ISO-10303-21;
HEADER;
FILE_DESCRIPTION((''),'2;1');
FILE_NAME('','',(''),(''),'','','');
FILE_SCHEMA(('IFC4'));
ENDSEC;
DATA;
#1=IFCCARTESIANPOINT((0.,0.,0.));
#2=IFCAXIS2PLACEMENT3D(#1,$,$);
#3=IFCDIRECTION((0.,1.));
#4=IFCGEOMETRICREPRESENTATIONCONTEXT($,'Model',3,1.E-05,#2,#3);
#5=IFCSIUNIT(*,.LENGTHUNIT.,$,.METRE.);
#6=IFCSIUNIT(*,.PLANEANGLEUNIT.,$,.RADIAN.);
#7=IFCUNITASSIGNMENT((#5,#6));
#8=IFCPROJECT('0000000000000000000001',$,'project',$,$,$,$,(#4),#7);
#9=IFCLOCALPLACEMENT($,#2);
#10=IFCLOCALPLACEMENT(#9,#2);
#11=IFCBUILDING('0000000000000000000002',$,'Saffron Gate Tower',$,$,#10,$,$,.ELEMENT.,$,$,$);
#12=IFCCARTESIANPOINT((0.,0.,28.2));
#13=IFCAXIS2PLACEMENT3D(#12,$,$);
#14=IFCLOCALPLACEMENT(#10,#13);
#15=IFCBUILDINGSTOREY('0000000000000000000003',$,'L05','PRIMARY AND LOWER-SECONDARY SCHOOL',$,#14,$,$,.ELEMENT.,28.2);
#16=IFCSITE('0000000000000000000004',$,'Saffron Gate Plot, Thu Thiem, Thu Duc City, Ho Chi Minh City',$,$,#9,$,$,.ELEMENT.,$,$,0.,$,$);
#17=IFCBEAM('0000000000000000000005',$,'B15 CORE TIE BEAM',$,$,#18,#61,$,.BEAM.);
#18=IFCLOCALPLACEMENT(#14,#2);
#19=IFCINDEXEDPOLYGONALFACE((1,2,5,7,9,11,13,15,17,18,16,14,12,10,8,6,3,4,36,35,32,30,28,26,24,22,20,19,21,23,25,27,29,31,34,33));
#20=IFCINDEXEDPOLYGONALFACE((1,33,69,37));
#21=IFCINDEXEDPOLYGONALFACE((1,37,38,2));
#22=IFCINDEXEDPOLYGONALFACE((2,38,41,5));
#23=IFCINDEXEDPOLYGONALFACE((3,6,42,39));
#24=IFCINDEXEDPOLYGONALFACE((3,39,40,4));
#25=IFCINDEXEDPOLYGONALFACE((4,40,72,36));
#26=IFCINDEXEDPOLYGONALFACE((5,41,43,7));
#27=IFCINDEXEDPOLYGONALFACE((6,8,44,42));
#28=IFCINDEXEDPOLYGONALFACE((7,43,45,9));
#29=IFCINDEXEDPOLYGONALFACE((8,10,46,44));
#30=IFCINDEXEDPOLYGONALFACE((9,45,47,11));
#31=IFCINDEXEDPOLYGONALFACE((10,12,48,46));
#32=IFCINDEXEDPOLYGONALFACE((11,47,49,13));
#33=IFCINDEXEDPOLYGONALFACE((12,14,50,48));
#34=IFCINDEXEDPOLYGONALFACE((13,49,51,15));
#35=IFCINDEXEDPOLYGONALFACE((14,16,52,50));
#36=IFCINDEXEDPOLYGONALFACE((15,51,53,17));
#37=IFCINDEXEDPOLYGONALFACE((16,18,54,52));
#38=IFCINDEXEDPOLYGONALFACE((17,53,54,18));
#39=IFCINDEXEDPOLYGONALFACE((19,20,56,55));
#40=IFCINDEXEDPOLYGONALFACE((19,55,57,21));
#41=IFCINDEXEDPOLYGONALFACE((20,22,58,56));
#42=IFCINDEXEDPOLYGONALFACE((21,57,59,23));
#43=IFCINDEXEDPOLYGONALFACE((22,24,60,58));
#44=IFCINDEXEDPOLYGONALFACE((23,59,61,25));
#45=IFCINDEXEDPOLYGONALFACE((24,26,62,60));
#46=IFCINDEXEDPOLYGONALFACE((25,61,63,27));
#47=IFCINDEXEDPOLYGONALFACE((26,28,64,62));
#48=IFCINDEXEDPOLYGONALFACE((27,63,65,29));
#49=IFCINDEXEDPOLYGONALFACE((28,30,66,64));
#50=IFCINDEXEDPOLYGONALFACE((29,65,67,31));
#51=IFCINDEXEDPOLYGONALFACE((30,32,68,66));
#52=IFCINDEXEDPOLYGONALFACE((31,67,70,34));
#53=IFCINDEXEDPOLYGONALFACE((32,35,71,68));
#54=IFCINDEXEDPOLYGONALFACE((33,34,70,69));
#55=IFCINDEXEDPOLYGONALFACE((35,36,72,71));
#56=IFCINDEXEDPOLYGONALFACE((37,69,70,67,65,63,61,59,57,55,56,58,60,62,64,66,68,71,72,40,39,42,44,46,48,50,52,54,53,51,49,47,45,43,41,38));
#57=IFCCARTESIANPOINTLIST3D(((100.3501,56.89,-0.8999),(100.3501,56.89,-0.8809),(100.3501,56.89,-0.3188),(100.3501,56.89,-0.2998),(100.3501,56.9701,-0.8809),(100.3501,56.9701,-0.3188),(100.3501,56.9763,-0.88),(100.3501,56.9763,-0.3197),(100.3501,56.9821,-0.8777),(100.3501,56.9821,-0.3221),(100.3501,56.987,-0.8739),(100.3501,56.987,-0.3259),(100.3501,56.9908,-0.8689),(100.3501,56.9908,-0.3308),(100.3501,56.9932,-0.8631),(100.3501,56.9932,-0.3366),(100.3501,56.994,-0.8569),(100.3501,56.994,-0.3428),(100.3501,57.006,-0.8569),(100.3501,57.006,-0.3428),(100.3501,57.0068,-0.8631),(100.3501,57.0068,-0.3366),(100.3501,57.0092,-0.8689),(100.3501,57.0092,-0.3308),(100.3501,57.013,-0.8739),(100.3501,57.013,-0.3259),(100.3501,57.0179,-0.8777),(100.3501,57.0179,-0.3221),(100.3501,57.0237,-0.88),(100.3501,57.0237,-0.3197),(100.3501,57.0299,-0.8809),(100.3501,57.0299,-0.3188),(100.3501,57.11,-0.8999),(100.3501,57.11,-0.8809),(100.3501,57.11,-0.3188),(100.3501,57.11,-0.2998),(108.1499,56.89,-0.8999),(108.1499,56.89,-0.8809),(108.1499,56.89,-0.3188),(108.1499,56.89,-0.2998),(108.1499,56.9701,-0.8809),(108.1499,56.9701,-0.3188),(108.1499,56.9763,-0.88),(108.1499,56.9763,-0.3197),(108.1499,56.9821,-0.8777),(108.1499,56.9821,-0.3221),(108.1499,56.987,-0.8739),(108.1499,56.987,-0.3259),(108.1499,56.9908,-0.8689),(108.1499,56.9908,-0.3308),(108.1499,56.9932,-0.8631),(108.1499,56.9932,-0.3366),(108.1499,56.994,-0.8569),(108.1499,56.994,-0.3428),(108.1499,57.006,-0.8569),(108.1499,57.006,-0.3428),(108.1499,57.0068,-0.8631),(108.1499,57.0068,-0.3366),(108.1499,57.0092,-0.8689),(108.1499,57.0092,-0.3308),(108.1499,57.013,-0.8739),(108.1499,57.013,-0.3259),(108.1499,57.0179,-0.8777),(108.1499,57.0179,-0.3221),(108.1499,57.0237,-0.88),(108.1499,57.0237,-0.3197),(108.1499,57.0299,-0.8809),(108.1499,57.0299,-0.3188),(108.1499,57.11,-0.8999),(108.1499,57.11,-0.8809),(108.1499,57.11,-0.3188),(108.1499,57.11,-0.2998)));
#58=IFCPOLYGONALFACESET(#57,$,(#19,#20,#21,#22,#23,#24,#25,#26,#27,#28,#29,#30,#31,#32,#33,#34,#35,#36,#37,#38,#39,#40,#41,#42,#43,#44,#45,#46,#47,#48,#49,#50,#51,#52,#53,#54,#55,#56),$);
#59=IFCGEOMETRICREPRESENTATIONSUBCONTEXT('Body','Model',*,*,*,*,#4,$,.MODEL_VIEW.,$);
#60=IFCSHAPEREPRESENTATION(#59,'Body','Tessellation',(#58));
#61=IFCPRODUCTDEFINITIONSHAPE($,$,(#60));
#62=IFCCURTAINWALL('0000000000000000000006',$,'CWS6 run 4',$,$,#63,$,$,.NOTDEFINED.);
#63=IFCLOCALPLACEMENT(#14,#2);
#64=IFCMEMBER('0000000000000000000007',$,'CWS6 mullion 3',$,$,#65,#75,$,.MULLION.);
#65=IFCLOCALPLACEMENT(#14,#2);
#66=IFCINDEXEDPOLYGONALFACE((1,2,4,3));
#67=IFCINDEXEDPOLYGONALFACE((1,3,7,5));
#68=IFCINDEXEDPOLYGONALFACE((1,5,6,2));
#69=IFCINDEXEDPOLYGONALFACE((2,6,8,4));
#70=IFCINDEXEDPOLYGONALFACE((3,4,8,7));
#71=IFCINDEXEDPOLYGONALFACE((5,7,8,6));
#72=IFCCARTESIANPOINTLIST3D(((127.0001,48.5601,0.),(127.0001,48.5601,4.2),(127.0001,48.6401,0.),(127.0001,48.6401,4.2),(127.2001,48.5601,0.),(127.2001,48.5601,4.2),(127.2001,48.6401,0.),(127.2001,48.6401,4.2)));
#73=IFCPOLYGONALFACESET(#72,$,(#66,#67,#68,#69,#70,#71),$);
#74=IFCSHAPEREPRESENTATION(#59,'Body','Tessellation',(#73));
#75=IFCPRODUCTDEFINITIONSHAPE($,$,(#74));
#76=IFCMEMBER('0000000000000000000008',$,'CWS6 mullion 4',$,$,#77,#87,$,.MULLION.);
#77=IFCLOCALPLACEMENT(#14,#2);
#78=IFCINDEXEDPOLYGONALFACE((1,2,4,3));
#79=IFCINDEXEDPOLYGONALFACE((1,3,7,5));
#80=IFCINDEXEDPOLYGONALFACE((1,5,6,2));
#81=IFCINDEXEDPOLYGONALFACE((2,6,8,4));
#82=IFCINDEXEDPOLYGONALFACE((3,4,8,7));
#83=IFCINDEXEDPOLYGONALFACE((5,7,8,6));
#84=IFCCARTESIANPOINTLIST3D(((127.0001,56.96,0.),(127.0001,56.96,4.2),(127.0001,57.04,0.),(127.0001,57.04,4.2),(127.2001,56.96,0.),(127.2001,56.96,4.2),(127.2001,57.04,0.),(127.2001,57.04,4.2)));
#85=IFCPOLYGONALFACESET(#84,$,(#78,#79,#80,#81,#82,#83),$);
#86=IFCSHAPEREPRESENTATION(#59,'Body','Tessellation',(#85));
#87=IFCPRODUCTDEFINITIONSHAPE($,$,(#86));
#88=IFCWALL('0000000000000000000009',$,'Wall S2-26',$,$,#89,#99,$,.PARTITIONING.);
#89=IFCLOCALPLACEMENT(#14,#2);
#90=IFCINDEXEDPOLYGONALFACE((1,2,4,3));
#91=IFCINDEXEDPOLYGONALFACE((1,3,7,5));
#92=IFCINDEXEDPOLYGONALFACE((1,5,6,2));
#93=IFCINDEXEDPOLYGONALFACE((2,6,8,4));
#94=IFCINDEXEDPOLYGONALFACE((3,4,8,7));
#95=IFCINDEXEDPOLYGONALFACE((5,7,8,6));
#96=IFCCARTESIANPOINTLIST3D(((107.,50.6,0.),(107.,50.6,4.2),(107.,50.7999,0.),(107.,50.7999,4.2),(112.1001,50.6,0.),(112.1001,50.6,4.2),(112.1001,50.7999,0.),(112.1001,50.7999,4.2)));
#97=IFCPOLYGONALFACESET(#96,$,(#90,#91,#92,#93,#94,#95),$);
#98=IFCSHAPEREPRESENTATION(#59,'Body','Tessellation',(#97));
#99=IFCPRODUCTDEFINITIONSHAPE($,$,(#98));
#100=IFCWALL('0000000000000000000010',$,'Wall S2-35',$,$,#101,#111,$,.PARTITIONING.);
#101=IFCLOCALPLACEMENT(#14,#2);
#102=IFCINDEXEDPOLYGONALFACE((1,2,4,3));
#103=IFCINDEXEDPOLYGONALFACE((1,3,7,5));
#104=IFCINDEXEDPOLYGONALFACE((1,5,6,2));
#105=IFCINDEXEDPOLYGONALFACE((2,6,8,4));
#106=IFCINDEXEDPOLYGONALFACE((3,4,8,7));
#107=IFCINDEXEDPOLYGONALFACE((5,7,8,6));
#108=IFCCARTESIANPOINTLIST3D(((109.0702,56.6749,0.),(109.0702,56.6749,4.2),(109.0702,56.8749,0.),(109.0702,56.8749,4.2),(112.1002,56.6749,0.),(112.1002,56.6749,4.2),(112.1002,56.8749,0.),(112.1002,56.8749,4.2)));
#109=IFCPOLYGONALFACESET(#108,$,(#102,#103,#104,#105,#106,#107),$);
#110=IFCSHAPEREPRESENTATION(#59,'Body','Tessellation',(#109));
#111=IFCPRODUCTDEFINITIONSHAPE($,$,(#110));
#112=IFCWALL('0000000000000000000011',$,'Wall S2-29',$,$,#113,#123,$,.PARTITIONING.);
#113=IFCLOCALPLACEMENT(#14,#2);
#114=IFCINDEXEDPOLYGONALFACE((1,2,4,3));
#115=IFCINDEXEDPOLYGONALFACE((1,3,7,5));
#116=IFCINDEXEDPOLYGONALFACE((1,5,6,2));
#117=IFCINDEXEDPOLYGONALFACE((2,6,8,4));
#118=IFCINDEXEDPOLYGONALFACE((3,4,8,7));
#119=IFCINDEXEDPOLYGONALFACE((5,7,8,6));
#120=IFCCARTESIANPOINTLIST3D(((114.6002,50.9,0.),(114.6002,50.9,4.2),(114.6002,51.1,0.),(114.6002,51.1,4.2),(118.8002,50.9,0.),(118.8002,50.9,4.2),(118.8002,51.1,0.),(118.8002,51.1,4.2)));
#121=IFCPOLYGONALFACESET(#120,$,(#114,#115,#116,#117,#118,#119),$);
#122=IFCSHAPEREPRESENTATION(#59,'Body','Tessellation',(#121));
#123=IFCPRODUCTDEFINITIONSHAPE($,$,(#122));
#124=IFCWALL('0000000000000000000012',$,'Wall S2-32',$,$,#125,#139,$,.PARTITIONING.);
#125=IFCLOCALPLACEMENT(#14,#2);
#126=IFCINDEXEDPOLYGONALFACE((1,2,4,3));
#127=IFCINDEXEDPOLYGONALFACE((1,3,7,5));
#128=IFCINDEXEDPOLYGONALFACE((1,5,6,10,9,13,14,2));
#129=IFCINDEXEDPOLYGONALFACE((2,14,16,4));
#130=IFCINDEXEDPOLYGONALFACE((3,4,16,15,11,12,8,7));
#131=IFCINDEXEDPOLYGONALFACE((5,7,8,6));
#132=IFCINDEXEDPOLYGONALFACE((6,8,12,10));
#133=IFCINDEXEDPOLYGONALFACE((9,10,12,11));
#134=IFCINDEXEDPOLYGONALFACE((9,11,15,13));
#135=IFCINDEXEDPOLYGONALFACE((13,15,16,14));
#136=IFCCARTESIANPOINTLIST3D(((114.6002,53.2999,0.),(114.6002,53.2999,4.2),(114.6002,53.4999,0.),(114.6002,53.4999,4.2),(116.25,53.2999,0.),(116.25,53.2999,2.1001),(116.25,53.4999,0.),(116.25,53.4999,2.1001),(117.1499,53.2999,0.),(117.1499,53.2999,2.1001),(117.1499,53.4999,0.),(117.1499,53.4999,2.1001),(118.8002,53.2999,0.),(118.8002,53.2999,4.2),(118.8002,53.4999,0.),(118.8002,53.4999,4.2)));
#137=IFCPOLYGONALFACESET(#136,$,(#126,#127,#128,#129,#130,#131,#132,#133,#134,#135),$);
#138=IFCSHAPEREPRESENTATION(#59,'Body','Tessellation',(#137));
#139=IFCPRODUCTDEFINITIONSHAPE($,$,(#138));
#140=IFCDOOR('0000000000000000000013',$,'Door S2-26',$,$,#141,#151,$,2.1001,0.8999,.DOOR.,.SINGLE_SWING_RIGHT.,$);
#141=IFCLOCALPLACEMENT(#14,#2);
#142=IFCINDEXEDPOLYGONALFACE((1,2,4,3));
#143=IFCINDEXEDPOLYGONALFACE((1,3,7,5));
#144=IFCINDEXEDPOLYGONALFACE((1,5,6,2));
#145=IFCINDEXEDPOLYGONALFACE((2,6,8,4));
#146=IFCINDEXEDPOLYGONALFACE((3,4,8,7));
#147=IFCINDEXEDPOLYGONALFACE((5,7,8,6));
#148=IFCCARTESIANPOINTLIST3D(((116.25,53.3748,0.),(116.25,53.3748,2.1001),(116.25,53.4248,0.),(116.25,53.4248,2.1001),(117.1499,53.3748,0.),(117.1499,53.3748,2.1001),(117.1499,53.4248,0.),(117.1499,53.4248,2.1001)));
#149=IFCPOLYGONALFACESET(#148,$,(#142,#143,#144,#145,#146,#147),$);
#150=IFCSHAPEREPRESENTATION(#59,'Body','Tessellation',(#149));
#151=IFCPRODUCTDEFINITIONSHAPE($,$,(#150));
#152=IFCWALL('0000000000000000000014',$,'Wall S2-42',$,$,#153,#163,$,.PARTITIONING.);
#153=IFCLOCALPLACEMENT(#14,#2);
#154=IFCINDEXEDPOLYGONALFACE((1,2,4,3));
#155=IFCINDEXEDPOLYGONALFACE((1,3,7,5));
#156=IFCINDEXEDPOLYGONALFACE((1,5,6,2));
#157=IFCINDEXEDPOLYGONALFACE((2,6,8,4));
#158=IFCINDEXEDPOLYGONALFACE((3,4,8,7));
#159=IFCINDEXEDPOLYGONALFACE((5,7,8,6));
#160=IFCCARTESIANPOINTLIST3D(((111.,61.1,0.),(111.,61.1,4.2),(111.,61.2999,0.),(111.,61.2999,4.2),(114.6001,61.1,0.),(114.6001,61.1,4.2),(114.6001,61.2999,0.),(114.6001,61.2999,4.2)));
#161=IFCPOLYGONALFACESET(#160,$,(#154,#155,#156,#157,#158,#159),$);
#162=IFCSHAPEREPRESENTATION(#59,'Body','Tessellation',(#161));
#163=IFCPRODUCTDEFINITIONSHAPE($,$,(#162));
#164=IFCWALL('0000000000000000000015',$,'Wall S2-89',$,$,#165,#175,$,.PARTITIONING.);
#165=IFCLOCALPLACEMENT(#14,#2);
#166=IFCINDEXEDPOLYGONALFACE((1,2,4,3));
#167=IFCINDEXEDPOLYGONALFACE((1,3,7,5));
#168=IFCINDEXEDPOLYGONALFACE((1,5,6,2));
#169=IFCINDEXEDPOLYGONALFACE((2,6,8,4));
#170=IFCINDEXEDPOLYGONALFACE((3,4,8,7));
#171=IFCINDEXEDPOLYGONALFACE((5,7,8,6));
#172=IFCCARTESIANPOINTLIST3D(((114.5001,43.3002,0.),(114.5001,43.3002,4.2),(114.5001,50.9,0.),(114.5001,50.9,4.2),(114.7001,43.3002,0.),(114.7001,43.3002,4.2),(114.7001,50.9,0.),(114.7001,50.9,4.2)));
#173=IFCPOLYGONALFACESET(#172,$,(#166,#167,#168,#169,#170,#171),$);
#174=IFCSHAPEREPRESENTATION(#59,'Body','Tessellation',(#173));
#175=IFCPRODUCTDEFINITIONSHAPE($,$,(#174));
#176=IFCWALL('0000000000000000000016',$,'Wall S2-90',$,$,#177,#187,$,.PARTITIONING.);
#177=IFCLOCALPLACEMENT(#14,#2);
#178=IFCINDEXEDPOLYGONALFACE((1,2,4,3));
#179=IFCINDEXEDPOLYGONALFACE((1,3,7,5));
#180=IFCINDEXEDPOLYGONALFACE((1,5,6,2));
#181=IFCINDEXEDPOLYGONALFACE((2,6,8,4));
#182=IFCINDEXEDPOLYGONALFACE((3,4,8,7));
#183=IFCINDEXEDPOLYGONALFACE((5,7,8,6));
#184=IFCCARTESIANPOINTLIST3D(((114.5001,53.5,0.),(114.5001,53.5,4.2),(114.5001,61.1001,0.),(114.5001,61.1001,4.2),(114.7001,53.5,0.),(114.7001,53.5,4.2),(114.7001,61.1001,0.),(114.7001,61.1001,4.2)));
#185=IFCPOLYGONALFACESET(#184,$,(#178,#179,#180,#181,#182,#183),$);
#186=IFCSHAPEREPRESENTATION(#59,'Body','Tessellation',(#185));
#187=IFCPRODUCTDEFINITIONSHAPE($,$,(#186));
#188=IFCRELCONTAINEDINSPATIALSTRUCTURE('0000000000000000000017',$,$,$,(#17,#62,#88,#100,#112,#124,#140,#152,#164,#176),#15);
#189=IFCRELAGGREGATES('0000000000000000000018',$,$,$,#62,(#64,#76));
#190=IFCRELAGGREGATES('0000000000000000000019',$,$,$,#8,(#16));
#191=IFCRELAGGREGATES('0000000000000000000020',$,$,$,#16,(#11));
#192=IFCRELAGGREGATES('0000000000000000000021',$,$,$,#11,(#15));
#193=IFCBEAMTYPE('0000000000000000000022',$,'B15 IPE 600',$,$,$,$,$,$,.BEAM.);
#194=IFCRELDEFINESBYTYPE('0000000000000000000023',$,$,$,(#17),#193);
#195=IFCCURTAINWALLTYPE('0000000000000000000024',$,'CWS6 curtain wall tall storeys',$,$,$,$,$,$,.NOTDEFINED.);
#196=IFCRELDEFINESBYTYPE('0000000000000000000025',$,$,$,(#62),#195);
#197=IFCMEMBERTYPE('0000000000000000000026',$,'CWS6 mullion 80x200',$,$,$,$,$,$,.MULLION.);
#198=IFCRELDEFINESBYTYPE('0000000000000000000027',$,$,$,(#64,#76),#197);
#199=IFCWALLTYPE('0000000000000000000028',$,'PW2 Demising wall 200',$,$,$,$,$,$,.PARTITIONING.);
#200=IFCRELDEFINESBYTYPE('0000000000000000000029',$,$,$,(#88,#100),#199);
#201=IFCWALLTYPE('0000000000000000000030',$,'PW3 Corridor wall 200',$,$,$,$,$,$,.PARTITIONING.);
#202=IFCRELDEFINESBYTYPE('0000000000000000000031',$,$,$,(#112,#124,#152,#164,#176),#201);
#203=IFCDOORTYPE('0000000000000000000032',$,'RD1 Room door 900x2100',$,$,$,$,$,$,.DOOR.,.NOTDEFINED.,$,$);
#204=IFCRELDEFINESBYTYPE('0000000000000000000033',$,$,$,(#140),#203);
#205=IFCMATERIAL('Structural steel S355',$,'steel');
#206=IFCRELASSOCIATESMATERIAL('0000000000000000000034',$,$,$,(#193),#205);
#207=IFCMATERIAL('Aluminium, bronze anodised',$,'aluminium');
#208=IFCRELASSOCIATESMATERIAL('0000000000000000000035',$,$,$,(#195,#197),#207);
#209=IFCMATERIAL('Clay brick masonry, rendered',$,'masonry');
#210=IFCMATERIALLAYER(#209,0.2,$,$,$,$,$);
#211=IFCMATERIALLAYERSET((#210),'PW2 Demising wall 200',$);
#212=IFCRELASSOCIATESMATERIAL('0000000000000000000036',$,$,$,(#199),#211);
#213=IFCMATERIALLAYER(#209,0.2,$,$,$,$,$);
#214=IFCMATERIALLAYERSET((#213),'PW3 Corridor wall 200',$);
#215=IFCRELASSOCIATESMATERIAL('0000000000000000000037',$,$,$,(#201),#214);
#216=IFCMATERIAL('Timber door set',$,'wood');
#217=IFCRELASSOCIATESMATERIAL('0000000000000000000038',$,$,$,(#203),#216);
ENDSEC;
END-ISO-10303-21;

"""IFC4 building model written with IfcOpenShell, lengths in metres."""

from ifc_helpers import new_model, si_unit, direction, frame, frame_2d, origin, origin_2d, place, context, subcontext, project, spatial, rectangle, i_section, extrude, material, layer, layer_set, material_profile, profile_set, type_object, element, fill, aggregate, save


model = new_model("IFC4")

# Units and contexts
model_context = context("Model", 3, precision=1e-05, world=origin(), true_north=direction((0.0, 1.0)))
body_context = subcontext(model_context, "Body", "Model", "MODEL_VIEW")
ifc_project = project(units=[si_unit("LENGTHUNIT", "METRE"), si_unit("PLANEANGLEUNIT", "RADIAN")], contexts=[model_context])

# Site, building, storey
site_placement = place(None, origin())
site = spatial("IfcSite", under=ifc_project, at=site_placement, Name="Saffron Gate Plot, Thu Thiem, Thu Duc City, Ho Chi Minh City", CompositionType="ELEMENT", RefElevation=0.0)
building_placement = place(site_placement, origin())
building = spatial("IfcBuilding", under=site, at=building_placement, Name="Saffron Gate Tower", CompositionType="ELEMENT")
storey_placement = place(building_placement, frame((0.0, 0.0, 28.2)))
storey = spatial("IfcBuildingStorey", under=building, at=storey_placement, Name="L05", Description="PRIMARY AND LOWER-SECONDARY SCHOOL", CompositionType="ELEMENT", Elevation=28.2)

# Beam
ifc_material_1 = material(Name="Structural steel S355", Category="steel")
ifc_material_profile_1 = material_profile(ifc_material_1, i_section(OverallWidth=0.22, OverallDepth=0.6001, WebThickness=0.012, FlangeThickness=0.019, FilletRadius=0.0239, at=origin_2d()))
ifc_profile_set_1 = profile_set([ifc_material_profile_1], Name="Structural steel S355")
beam_type_1 = type_object("IfcBeamType", Name="B15 IPE 600", PredefinedType="BEAM", material=ifc_profile_set_1)
beam_1_placement = place(storey_placement, frame((108.1499, 57.0, -0.5999), z_axis=(-1.0, 0.0, 0.0), x_axis=(0.0, -1.0, 0.0)))
element("IfcBeam", 1, at=beam_1_placement, inside=storey, type_object=beam_type_1, Name="B15 CORE TIE BEAM", PredefinedType="BEAM", context=body_context, shape_type="SweptSolid", body=[
    extrude(i_section(OverallWidth=0.22, OverallDepth=0.6001, WebThickness=0.012, FlangeThickness=0.019, FilletRadius=0.0239, at=origin_2d()), origin(), (0.0, 0.0, 1.0), 7.7998),
])

# Curtain wall, members
ifc_material_2 = material(Name="Aluminium, bronze anodised", Category="aluminium")
curtain_wall_type = type_object("IfcCurtainWallType", Name="CWS6 curtain wall tall storeys", PredefinedType="NOTDEFINED", material=ifc_material_2)
curtain_wall_placement = place(storey_placement, origin())
curtain_wall = element("IfcCurtainWall", 2, at=curtain_wall_placement, inside=storey, type_object=curtain_wall_type, Name="CWS6 run 4", PredefinedType="NOTDEFINED")
ifc_material_profile_2 = material_profile(ifc_material_2, rectangle(XDim=0.2, YDim=0.0801, at=origin_2d()))
ifc_profile_set_2 = profile_set([ifc_material_profile_2], Name="Aluminium, bronze anodised")
member_type = type_object("IfcMemberType", Name="CWS6 mullion 80x200", PredefinedType="MULLION", material=ifc_profile_set_2)
member_1_placement = place(storey_placement, frame((127.1001, 48.6001, 0.0), z_axis=(0.0, 0.0, 1.0), x_axis=(-1.0, 0.0, 0.0)))
member_1 = element("IfcMember", 3, at=member_1_placement, type_object=member_type, Name="CWS6 mullion 3", PredefinedType="MULLION", context=body_context, shape_type="SweptSolid", body=[
    extrude(rectangle(XDim=0.2, YDim=0.0801, at=origin_2d()), origin(), (0.0, 0.0, 1.0), 4.2),
])
member_2_placement = place(storey_placement, frame((127.1001, 57.0, 0.0), z_axis=(0.0, 0.0, 1.0), x_axis=(-1.0, 0.0, 0.0)))
member_2 = element("IfcMember", 4, at=member_2_placement, type_object=member_type, Name="CWS6 mullion 4", PredefinedType="MULLION", context=body_context, shape_type="SweptSolid", body=[
    extrude(rectangle(XDim=0.2, YDim=0.0801, at=origin_2d()), origin(), (0.0, 0.0, 1.0), 4.2),
])
aggregate(curtain_wall, [member_1, member_2])

# Walls
ifc_material_3 = material(Name="Clay brick masonry, rendered", Category="masonry")
ifc_layer_1 = layer(ifc_material_3, 0.2)
ifc_layer_set_1 = layer_set([ifc_layer_1], Name="PW2 Demising wall 200")
wall_type_1 = type_object("IfcWallType", Name="PW2 Demising wall 200", PredefinedType="PARTITIONING", material=ifc_layer_set_1)
wall_1_placement = place(storey_placement, frame((107.0, 50.7, 0.0), z_axis=(0.0, 0.0, 1.0), x_axis=(1.0, 0.0, 0.0)))
element("IfcWall", 5, at=wall_1_placement, inside=storey, type_object=wall_type_1, Name="Wall S2-26", PredefinedType="PARTITIONING", context=body_context, shape_type="SweptSolid", body=[
    extrude(rectangle(XDim=5.1001, YDim=0.2, at=frame_2d((2.55, 0.0))), origin(), (0.0, 0.0, 1.0), 4.2),
])
wall_2_placement = place(storey_placement, frame((109.0701, 56.7749, 0.0), z_axis=(0.0, 0.0, 1.0), x_axis=(1.0, 0.0, 0.0)))
element("IfcWall", 6, at=wall_2_placement, inside=storey, type_object=wall_type_1, Name="Wall S2-35", PredefinedType="PARTITIONING", context=body_context, shape_type="SweptSolid", body=[
    extrude(rectangle(XDim=3.03, YDim=0.2, at=frame_2d((1.5151, 0.0))), origin(), (0.0, 0.0, 1.0), 4.2),
])
ifc_layer_2 = layer(ifc_material_3, 0.2)
ifc_layer_set_2 = layer_set([ifc_layer_2], Name="PW3 Corridor wall 200")
wall_type_2 = type_object("IfcWallType", Name="PW3 Corridor wall 200", PredefinedType="PARTITIONING", material=ifc_layer_set_2)
wall_3_placement = place(storey_placement, frame((114.6001, 51.0, 0.0), z_axis=(0.0, 0.0, 1.0), x_axis=(1.0, 0.0, 0.0)))
element("IfcWall", 7, at=wall_3_placement, inside=storey, type_object=wall_type_2, Name="Wall S2-29", PredefinedType="PARTITIONING", context=body_context, shape_type="SweptSolid", body=[
    extrude(rectangle(XDim=4.2, YDim=0.2, at=frame_2d((2.1001, 0.0))), origin(), (0.0, 0.0, 1.0), 4.2),
])

# Wall, opening, door
wall_4_placement = place(storey_placement, frame((114.6001, 53.3999, 0.0), z_axis=(0.0, 0.0, 1.0), x_axis=(1.0, 0.0, 0.0)))
wall_4 = element("IfcWall", 8, at=wall_4_placement, inside=storey, type_object=wall_type_2, Name="Wall S2-32", PredefinedType="PARTITIONING", context=body_context, shape_type="SweptSolid", body=[
    extrude(rectangle(XDim=4.2, YDim=0.2, at=frame_2d((2.1001, 0.0))), origin(), (0.0, 0.0, 1.0), 4.2),
])
opening_1_placement = place(wall_4_placement, frame((1.6499, 0.0, 0.0)))
opening_1 = element("IfcOpeningElement", 9, at=opening_1_placement, cuts=wall_4, PredefinedType="OPENING", context=body_context, shape_type="SweptSolid", body=[
    extrude(rectangle(XDim=0.8999, YDim=2.1001, at=frame_2d((0.45, 1.05))), frame((0.0, 0.1099, 0.0), z_axis=(0.0, -1.0, 0.0), x_axis=(1.0, 0.0, 0.0)), (0.0, 0.0, 1.0), 0.22),
])
ifc_material_4 = material(Name="Timber door set", Category="wood")
door_type = type_object("IfcDoorType", Name="RD1 Room door 900x2100", OperationType="NOTDEFINED", PredefinedType="DOOR", material=ifc_material_4)
door_1_placement = place(opening_1_placement, origin())
door_1 = element("IfcDoor", 10, at=door_1_placement, inside=storey, type_object=door_type, Name="Door S2-26", OperationType="SINGLE_SWING_RIGHT", OverallHeight=2.1001, OverallWidth=0.8999, PredefinedType="DOOR", context=body_context, shape_type="SweptSolid", body=[
    extrude(rectangle(XDim=0.8999, YDim=2.1001, at=frame_2d((0.45, 1.05))), frame((0.0, 0.0249, 0.0), z_axis=(0.0, -1.0, 0.0), x_axis=(1.0, 0.0, 0.0)), (0.0, 0.0, 1.0), 0.05),
])
fill(opening_1, door_1)

# Walls
wall_5_placement = place(storey_placement, frame((111.0, 61.2, 0.0), z_axis=(0.0, 0.0, 1.0), x_axis=(1.0, 0.0, 0.0)))
element("IfcWall", 11, at=wall_5_placement, inside=storey, type_object=wall_type_2, Name="Wall S2-42", PredefinedType="PARTITIONING", context=body_context, shape_type="SweptSolid", body=[
    extrude(rectangle(XDim=3.6001, YDim=0.2, at=frame_2d((1.8, 0.0))), origin(), (0.0, 0.0, 1.0), 4.2),
])
wall_6_placement = place(storey_placement, frame((114.6001, 50.8999, 0.0), z_axis=(0.0, 0.0, 1.0), x_axis=(0.0, -1.0, 0.0)))
element("IfcWall", 12, at=wall_6_placement, inside=storey, type_object=wall_type_2, Name="Wall S2-89", PredefinedType="PARTITIONING", context=body_context, shape_type="SweptSolid", body=[
    extrude(rectangle(XDim=7.5999, YDim=0.2, at=frame_2d((3.7998, 0.0))), origin(), (0.0, 0.0, 1.0), 4.2),
])
wall_7_placement = place(storey_placement, frame((114.6001, 61.1001, 0.0), z_axis=(0.0, 0.0, 1.0), x_axis=(0.0, -1.0, 0.0)))
element("IfcWall", 13, at=wall_7_placement, inside=storey, type_object=wall_type_2, Name="Wall S2-90", PredefinedType="PARTITIONING", context=body_context, shape_type="SweptSolid", body=[
    extrude(rectangle(XDim=7.6001, YDim=0.2, at=frame_2d((3.8, 0.0))), origin(), (0.0, 0.0, 1.0), 4.2),
])

save(model, "model.ifc")
